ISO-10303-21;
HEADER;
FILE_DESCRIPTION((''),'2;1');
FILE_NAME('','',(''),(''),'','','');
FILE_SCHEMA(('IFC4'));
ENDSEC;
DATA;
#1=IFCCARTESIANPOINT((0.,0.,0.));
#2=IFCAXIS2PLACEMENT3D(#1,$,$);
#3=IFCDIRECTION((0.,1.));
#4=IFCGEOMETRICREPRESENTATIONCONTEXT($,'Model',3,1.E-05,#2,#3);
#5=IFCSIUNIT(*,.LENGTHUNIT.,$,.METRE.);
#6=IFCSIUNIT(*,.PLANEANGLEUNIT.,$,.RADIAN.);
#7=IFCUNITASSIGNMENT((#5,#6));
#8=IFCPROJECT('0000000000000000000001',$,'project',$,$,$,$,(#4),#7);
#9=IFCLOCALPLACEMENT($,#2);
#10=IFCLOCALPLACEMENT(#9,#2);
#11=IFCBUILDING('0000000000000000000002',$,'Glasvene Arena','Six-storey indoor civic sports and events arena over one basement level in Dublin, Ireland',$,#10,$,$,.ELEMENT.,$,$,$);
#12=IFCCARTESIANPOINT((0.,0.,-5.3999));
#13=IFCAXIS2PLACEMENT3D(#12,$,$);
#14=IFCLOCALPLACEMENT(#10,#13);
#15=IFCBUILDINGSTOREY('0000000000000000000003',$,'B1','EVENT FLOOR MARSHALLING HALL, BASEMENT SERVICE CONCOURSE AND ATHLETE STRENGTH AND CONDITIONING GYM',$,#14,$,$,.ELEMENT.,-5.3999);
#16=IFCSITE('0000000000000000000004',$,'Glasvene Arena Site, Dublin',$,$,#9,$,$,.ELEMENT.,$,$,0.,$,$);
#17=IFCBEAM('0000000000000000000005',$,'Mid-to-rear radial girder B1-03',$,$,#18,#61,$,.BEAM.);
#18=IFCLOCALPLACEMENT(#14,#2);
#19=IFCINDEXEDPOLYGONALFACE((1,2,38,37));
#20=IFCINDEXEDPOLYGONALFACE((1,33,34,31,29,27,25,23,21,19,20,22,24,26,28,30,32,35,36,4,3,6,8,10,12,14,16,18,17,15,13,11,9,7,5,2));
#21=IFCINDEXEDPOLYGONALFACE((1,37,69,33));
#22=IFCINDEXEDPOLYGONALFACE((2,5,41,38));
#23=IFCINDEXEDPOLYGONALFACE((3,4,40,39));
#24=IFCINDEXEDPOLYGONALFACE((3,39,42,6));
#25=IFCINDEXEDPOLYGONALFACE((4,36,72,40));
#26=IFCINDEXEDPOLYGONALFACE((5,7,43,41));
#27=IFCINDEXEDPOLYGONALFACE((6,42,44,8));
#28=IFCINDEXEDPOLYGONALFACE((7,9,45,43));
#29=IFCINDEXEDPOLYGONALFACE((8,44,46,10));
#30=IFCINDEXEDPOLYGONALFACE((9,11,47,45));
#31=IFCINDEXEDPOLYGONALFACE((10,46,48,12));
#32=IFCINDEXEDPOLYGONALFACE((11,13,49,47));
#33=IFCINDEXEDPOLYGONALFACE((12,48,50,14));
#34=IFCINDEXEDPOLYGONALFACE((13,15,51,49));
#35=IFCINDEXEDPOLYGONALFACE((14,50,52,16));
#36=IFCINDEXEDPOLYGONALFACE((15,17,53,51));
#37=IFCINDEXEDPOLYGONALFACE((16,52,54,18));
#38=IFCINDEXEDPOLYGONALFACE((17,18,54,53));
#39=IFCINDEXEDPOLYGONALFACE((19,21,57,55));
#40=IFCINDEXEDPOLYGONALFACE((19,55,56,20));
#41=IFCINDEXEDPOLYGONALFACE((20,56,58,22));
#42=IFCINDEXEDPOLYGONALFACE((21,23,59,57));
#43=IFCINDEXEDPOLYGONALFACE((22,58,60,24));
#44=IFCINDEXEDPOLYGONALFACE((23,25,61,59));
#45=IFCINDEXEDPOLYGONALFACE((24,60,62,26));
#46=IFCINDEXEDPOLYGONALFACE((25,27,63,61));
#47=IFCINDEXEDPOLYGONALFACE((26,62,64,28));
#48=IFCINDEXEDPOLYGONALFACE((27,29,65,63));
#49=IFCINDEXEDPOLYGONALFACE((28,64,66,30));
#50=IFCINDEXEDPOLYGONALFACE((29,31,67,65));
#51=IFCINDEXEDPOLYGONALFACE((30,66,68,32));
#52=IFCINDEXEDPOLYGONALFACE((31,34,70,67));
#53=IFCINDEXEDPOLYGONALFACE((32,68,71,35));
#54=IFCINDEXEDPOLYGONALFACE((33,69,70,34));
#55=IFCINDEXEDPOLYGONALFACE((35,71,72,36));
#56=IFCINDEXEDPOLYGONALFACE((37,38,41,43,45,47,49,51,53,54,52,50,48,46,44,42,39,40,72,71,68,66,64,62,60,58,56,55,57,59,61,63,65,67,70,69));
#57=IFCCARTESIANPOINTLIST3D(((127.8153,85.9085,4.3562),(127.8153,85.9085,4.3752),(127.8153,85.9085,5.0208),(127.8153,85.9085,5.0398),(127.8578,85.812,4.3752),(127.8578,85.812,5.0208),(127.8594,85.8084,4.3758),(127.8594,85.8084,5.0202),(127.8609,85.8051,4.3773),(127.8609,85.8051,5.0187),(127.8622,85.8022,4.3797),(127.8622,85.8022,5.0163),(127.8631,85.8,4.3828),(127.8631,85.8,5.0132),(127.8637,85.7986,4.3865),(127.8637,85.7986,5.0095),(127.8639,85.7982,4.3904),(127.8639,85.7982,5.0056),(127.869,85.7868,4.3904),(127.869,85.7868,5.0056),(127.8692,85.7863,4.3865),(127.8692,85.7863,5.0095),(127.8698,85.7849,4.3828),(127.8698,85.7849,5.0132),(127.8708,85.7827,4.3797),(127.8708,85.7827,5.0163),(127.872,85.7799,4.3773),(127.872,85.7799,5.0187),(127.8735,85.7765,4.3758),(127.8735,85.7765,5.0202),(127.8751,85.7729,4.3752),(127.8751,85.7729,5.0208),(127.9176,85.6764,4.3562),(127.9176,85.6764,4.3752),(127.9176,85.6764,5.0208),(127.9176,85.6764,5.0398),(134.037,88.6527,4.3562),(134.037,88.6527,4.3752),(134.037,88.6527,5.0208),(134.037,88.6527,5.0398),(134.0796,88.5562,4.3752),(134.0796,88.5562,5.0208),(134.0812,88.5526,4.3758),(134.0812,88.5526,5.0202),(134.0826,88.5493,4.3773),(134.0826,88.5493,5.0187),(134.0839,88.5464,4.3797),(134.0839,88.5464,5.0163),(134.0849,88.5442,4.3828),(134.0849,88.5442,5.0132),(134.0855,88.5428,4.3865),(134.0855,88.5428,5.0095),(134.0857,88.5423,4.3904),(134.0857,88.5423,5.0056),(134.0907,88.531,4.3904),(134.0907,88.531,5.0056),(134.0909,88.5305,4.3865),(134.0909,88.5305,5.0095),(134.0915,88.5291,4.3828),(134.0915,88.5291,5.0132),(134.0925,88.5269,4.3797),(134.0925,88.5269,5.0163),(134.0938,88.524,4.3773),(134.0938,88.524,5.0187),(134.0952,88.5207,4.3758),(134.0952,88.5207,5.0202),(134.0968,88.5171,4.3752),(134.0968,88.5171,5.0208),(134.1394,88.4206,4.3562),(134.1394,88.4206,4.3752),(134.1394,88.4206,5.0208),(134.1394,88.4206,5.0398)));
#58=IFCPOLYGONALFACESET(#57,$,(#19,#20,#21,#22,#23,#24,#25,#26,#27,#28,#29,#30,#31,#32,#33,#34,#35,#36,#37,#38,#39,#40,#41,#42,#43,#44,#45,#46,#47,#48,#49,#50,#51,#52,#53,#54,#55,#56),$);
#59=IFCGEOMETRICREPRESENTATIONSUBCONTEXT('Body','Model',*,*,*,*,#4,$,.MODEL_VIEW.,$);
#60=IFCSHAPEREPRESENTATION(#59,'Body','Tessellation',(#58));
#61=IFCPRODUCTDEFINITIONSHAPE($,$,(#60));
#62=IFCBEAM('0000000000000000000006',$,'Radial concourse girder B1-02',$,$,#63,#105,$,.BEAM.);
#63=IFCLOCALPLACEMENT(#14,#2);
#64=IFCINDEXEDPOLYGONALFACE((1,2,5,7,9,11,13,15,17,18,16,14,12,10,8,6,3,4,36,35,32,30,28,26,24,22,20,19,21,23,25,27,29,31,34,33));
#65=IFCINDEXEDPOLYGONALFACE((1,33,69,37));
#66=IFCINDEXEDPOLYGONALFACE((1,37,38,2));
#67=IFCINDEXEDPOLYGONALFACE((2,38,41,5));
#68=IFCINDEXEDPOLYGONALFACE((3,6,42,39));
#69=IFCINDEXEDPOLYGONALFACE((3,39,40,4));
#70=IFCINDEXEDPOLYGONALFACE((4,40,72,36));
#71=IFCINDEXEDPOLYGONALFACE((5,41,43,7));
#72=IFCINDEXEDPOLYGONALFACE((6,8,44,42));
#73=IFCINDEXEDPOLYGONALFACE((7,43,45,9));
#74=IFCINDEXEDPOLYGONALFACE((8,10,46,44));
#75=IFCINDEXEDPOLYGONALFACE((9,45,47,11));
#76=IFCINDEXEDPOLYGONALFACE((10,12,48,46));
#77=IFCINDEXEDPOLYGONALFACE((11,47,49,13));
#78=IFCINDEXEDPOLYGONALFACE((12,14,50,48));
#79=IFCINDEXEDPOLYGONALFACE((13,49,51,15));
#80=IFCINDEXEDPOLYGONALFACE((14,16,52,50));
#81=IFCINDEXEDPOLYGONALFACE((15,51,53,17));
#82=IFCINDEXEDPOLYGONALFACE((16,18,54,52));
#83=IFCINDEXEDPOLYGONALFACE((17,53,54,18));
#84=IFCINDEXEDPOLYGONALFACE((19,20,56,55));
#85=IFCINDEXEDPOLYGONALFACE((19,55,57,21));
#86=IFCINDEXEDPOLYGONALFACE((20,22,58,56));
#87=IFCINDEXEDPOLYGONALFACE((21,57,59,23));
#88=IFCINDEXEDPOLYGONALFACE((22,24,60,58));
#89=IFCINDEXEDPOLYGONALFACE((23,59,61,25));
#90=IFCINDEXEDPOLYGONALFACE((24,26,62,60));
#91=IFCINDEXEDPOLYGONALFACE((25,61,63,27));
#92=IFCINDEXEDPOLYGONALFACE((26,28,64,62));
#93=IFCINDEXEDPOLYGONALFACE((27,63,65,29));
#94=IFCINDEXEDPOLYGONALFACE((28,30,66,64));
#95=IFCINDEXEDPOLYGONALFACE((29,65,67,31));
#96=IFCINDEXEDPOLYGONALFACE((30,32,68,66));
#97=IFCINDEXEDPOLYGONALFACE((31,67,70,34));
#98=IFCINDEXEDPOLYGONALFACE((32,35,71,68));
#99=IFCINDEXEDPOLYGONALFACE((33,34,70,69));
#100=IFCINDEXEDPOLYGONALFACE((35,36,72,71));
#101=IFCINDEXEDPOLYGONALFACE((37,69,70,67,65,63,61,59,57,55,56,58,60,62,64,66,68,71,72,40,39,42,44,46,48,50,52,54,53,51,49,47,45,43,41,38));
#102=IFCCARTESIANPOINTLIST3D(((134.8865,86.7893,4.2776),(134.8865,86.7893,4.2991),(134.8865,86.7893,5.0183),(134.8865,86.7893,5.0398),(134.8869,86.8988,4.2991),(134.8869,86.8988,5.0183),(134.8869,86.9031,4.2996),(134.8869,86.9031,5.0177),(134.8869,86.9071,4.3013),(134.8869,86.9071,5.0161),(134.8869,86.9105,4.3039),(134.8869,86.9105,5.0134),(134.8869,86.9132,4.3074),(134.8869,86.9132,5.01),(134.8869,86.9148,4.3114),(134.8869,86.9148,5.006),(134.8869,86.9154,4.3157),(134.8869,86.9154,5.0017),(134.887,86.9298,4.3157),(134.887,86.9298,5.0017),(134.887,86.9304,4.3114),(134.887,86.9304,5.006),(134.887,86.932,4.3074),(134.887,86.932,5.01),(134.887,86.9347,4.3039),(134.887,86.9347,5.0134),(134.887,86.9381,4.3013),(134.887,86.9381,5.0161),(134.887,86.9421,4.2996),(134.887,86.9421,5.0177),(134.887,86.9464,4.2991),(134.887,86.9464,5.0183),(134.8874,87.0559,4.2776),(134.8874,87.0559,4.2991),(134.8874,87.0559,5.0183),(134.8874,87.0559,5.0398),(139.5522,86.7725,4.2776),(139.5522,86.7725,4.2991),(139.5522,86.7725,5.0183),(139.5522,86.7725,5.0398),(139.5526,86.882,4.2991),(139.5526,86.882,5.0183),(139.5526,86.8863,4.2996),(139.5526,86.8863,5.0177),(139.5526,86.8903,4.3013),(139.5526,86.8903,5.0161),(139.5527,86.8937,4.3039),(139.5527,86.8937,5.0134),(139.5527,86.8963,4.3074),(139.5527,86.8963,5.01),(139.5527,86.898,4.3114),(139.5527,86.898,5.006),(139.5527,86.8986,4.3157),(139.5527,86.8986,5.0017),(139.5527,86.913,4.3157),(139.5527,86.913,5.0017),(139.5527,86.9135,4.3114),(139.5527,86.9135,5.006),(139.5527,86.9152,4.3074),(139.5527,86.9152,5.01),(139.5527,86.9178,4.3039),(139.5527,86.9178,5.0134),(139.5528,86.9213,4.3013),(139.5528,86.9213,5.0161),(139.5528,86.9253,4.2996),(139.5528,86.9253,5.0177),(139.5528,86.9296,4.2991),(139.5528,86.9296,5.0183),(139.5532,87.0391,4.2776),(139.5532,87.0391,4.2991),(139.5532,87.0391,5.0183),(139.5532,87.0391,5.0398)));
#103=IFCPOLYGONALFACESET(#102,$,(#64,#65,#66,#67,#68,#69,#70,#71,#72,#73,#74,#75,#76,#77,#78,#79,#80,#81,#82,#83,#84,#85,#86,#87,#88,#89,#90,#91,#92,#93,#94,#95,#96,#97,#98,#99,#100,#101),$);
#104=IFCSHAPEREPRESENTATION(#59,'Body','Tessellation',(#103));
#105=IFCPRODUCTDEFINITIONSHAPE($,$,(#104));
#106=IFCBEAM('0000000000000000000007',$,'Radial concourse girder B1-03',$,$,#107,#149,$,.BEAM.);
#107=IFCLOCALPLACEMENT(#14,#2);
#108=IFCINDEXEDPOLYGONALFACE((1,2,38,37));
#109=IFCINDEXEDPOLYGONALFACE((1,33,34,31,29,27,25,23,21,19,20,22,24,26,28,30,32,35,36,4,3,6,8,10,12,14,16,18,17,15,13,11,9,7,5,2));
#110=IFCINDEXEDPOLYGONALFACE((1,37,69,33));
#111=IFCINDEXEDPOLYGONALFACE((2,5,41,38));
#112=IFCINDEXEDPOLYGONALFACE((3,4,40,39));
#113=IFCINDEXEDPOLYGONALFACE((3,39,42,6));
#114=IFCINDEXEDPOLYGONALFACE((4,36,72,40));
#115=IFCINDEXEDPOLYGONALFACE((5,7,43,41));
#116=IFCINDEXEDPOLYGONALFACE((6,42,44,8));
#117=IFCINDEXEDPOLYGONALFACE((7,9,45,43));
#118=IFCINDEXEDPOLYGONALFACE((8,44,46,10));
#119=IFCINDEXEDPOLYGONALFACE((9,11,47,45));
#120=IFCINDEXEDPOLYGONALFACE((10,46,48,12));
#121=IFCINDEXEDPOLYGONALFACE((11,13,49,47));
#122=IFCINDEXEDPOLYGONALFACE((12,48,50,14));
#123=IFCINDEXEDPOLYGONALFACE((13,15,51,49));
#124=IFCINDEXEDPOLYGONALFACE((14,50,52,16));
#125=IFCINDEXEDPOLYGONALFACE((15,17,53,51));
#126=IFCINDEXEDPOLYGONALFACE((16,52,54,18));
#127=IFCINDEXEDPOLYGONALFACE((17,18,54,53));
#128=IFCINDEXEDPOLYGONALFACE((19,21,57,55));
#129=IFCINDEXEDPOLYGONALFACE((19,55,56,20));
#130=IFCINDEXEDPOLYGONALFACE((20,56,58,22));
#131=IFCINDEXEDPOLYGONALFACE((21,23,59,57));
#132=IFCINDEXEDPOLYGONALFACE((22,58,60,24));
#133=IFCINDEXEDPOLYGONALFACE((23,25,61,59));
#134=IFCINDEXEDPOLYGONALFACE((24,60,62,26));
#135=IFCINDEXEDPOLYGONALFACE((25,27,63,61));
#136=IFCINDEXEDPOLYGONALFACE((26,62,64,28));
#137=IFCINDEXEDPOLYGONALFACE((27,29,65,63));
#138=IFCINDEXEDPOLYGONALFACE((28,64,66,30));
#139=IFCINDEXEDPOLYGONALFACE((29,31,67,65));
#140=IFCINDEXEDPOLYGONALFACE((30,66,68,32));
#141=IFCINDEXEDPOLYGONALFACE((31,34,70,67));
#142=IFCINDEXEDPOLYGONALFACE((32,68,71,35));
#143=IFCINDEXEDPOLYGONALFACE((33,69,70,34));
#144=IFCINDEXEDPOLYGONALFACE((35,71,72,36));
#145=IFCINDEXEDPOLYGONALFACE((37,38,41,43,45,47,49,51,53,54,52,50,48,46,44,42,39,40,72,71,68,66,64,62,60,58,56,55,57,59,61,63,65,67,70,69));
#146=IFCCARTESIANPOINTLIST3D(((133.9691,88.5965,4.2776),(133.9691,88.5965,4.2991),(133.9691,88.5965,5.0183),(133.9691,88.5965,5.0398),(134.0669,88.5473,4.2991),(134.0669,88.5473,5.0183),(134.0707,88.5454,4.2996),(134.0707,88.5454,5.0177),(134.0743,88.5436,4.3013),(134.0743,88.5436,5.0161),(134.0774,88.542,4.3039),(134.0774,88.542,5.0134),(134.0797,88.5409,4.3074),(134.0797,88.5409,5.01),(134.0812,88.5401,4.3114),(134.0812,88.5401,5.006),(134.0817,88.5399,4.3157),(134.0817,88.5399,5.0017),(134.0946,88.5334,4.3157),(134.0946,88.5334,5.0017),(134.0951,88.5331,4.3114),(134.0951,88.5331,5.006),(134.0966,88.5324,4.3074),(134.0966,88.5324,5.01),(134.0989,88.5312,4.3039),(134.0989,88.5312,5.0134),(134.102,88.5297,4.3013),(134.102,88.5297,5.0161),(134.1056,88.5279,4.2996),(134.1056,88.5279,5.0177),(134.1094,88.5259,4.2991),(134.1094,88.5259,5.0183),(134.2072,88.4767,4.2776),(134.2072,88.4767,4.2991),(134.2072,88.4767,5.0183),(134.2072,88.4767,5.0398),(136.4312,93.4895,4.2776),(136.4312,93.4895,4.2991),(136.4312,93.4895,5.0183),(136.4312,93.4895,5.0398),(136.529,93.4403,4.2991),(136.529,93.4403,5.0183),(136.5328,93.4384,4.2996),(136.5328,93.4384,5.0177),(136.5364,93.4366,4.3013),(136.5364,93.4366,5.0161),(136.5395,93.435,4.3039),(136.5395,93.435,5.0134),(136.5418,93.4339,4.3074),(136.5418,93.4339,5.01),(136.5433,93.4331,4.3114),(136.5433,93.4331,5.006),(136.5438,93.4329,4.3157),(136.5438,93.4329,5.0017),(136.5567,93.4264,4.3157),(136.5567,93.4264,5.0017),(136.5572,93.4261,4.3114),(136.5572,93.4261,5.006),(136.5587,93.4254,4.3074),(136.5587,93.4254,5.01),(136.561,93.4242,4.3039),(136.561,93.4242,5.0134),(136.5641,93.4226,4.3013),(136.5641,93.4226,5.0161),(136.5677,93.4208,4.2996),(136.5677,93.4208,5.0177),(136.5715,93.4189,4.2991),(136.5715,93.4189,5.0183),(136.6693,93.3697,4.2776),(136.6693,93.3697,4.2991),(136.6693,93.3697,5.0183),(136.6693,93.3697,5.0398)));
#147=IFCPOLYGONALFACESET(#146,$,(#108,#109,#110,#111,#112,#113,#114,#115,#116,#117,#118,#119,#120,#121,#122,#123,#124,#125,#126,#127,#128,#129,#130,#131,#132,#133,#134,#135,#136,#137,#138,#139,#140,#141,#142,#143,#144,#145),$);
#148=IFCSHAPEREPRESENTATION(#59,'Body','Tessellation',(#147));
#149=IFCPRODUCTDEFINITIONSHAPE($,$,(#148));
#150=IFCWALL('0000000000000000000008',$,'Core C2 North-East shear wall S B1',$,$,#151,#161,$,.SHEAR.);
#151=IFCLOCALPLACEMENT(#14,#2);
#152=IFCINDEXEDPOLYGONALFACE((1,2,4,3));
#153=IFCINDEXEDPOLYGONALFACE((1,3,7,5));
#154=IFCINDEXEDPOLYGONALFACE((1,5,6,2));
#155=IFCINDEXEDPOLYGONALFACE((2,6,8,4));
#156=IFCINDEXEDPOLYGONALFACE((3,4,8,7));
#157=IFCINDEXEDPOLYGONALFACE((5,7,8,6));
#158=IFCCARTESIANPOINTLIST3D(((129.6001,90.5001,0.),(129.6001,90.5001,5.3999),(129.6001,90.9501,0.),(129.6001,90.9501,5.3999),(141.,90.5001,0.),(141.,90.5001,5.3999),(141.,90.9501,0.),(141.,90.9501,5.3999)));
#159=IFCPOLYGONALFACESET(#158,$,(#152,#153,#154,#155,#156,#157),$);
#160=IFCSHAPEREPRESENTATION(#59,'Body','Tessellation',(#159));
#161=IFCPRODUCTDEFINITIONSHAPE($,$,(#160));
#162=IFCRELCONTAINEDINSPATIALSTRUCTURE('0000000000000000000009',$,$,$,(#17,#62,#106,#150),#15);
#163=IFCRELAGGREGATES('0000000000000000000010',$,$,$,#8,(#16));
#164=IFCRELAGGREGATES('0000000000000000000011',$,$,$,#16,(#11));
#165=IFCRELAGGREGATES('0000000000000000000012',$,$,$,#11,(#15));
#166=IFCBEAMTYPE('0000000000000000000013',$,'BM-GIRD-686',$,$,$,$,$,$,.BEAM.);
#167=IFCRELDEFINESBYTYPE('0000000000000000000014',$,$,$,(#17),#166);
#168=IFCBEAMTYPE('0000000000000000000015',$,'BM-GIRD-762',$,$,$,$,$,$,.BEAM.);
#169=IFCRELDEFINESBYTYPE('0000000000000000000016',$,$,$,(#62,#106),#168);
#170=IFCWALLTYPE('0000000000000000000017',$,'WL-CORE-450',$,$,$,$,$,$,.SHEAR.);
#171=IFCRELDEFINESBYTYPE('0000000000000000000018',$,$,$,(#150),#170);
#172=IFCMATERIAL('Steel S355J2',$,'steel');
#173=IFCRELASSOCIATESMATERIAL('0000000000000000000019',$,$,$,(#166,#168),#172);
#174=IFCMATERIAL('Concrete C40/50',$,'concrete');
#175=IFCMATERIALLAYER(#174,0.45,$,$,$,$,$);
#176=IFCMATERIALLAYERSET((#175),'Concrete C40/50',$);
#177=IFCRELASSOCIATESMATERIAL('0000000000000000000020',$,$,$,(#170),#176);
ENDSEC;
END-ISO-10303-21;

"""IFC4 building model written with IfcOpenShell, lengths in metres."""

from ifc_helpers import new_model, si_unit, direction, frame, frame_2d, origin, origin_2d, place, context, subcontext, project, spatial, rectangle, i_section, extrude, material, layer, layer_set, material_profile, profile_set, type_object, element, save


model = new_model("IFC4")

# Units and contexts
model_context = context("Model", 3, precision=1e-05, world=origin(), true_north=direction((0.0, 1.0)))
body_context = subcontext(model_context, "Body", "Model", "MODEL_VIEW")
ifc_project = project(units=[si_unit("LENGTHUNIT", "METRE"), si_unit("PLANEANGLEUNIT", "RADIAN")], contexts=[model_context])

# Site, building, storey
site_placement = place(None, origin())
site = spatial("IfcSite", under=ifc_project, at=site_placement, Name="Glasvene Arena Site, Dublin", CompositionType="ELEMENT", RefElevation=0.0)
building_placement = place(site_placement, origin())
building = spatial("IfcBuilding", under=site, at=building_placement, Name="Glasvene Arena", Description="Six-storey indoor civic sports and events arena over one basement level in Dublin, Ireland", CompositionType="ELEMENT")
storey_placement = place(building_placement, frame((0.0, 0.0, -5.3999)))
storey = spatial("IfcBuildingStorey", under=building, at=storey_placement, Name="B1", Description="EVENT FLOOR MARSHALLING HALL, BASEMENT SERVICE CONCOURSE AND ATHLETE STRENGTH AND CONDITIONING GYM", CompositionType="ELEMENT", Elevation=-5.3999)

# Shared definitions
ifc_material_1 = material(Name="Concrete C40/50", Category="concrete")

# Shared definitions
ifc_material_2 = material(Name="Steel S355J2", Category="steel")

# Beams
ifc_material_profile_1 = material_profile(ifc_material_2, i_section(OverallWidth=0.2537, OverallDepth=0.6836, WebThickness=0.0125, FlangeThickness=0.019, FilletRadius=0.0151, at=origin_2d()), Name="UKB 686x254x140")
ifc_profile_set_1 = profile_set([ifc_material_profile_1], Name="Steel S355J2")
beam_type_1 = type_object("IfcBeamType", Name="BM-GIRD-686", PredefinedType="BEAM", material=ifc_profile_set_1)
for number, where, z_axis, x_axis, name in (
    (1, (127.8665, 85.7925, 4.698), (0.914957, 0.403552, 0.0), (-0.403552, 0.914957, 0.0), "Mid-to-rear radial girder B1-03"),
):
    element("IfcBeam", number, at=place(storey_placement, frame(where, z_axis=z_axis, x_axis=x_axis)), inside=storey, type_object=beam_type_1, Name=name, PredefinedType="BEAM", context=body_context, shape_type="SweptSolid", body=[
        extrude(i_section(OverallWidth=0.2537, OverallDepth=0.6836, WebThickness=0.0125, FlangeThickness=0.019, FilletRadius=0.0151, at=origin_2d()), origin(), (0.0, 0.0, 1.0), 6.8),
    ])
ifc_material_profile_2 = material_profile(ifc_material_2, i_section(OverallWidth=0.2666, OverallDepth=0.7622, WebThickness=0.0144, FlangeThickness=0.0215, FilletRadius=0.0166, at=origin_2d()), Name="UKB 762x267x173")
ifc_profile_set_2 = profile_set([ifc_material_profile_2], Name="Steel S355J2")
beam_type_2 = type_object("IfcBeamType", Name="BM-GIRD-762", PredefinedType="BEAM", material=ifc_profile_set_2)
beam_1_placement = place(storey_placement, frame((134.887, 86.9226, 4.6587), z_axis=(0.999993, -0.00361, 0.0), x_axis=(0.00361, 0.999993, 0.0)))
element("IfcBeam", 2, at=beam_1_placement, inside=storey, type_object=beam_type_2, Name="Radial concourse girder B1-02", PredefinedType="BEAM", context=body_context, shape_type="SweptSolid", body=[
    extrude(i_section(OverallWidth=0.2666, OverallDepth=0.7622, WebThickness=0.0144, FlangeThickness=0.0215, FilletRadius=0.0166, at=origin_2d()), origin(), (0.0, 0.0, 1.0), 4.6658),
])
beam_2_placement = place(storey_placement, frame((134.0881, 88.5366, 4.6587), z_axis=(0.449494, 0.893283, 0.0), x_axis=(-0.893283, 0.449494, 0.0)))
element("IfcBeam", 3, at=beam_2_placement, inside=storey, type_object=beam_type_2, Name="Radial concourse girder B1-03", PredefinedType="BEAM", context=body_context, shape_type="SweptSolid", body=[
    extrude(i_section(OverallWidth=0.2666, OverallDepth=0.7622, WebThickness=0.0144, FlangeThickness=0.0215, FilletRadius=0.0166, at=origin_2d()), origin(), (0.0, 0.0, 1.0), 5.4775),
])

# Wall
ifc_layer = layer(ifc_material_1, 0.45)
ifc_layer_set = layer_set([ifc_layer], Name="Concrete C40/50")
wall_type = type_object("IfcWallType", Name="WL-CORE-450", PredefinedType="SHEAR", material=ifc_layer_set)
wall_1_placement = place(storey_placement, frame((129.6001, 90.7251, 0.0), z_axis=(0.0, 0.0, 1.0), x_axis=(1.0, 0.0, 0.0)))
element("IfcWall", 4, at=wall_1_placement, inside=storey, type_object=wall_type, Name="Core C2 North-East shear wall S B1", PredefinedType="SHEAR", context=body_context, shape_type="SweptSolid", body=[
    extrude(rectangle(XDim=11.3999, YDim=0.45, at=frame_2d((5.7, 0.0))), origin(), (0.0, 0.0, 1.0), 5.3999),
])

save(model, "model.ifc")
